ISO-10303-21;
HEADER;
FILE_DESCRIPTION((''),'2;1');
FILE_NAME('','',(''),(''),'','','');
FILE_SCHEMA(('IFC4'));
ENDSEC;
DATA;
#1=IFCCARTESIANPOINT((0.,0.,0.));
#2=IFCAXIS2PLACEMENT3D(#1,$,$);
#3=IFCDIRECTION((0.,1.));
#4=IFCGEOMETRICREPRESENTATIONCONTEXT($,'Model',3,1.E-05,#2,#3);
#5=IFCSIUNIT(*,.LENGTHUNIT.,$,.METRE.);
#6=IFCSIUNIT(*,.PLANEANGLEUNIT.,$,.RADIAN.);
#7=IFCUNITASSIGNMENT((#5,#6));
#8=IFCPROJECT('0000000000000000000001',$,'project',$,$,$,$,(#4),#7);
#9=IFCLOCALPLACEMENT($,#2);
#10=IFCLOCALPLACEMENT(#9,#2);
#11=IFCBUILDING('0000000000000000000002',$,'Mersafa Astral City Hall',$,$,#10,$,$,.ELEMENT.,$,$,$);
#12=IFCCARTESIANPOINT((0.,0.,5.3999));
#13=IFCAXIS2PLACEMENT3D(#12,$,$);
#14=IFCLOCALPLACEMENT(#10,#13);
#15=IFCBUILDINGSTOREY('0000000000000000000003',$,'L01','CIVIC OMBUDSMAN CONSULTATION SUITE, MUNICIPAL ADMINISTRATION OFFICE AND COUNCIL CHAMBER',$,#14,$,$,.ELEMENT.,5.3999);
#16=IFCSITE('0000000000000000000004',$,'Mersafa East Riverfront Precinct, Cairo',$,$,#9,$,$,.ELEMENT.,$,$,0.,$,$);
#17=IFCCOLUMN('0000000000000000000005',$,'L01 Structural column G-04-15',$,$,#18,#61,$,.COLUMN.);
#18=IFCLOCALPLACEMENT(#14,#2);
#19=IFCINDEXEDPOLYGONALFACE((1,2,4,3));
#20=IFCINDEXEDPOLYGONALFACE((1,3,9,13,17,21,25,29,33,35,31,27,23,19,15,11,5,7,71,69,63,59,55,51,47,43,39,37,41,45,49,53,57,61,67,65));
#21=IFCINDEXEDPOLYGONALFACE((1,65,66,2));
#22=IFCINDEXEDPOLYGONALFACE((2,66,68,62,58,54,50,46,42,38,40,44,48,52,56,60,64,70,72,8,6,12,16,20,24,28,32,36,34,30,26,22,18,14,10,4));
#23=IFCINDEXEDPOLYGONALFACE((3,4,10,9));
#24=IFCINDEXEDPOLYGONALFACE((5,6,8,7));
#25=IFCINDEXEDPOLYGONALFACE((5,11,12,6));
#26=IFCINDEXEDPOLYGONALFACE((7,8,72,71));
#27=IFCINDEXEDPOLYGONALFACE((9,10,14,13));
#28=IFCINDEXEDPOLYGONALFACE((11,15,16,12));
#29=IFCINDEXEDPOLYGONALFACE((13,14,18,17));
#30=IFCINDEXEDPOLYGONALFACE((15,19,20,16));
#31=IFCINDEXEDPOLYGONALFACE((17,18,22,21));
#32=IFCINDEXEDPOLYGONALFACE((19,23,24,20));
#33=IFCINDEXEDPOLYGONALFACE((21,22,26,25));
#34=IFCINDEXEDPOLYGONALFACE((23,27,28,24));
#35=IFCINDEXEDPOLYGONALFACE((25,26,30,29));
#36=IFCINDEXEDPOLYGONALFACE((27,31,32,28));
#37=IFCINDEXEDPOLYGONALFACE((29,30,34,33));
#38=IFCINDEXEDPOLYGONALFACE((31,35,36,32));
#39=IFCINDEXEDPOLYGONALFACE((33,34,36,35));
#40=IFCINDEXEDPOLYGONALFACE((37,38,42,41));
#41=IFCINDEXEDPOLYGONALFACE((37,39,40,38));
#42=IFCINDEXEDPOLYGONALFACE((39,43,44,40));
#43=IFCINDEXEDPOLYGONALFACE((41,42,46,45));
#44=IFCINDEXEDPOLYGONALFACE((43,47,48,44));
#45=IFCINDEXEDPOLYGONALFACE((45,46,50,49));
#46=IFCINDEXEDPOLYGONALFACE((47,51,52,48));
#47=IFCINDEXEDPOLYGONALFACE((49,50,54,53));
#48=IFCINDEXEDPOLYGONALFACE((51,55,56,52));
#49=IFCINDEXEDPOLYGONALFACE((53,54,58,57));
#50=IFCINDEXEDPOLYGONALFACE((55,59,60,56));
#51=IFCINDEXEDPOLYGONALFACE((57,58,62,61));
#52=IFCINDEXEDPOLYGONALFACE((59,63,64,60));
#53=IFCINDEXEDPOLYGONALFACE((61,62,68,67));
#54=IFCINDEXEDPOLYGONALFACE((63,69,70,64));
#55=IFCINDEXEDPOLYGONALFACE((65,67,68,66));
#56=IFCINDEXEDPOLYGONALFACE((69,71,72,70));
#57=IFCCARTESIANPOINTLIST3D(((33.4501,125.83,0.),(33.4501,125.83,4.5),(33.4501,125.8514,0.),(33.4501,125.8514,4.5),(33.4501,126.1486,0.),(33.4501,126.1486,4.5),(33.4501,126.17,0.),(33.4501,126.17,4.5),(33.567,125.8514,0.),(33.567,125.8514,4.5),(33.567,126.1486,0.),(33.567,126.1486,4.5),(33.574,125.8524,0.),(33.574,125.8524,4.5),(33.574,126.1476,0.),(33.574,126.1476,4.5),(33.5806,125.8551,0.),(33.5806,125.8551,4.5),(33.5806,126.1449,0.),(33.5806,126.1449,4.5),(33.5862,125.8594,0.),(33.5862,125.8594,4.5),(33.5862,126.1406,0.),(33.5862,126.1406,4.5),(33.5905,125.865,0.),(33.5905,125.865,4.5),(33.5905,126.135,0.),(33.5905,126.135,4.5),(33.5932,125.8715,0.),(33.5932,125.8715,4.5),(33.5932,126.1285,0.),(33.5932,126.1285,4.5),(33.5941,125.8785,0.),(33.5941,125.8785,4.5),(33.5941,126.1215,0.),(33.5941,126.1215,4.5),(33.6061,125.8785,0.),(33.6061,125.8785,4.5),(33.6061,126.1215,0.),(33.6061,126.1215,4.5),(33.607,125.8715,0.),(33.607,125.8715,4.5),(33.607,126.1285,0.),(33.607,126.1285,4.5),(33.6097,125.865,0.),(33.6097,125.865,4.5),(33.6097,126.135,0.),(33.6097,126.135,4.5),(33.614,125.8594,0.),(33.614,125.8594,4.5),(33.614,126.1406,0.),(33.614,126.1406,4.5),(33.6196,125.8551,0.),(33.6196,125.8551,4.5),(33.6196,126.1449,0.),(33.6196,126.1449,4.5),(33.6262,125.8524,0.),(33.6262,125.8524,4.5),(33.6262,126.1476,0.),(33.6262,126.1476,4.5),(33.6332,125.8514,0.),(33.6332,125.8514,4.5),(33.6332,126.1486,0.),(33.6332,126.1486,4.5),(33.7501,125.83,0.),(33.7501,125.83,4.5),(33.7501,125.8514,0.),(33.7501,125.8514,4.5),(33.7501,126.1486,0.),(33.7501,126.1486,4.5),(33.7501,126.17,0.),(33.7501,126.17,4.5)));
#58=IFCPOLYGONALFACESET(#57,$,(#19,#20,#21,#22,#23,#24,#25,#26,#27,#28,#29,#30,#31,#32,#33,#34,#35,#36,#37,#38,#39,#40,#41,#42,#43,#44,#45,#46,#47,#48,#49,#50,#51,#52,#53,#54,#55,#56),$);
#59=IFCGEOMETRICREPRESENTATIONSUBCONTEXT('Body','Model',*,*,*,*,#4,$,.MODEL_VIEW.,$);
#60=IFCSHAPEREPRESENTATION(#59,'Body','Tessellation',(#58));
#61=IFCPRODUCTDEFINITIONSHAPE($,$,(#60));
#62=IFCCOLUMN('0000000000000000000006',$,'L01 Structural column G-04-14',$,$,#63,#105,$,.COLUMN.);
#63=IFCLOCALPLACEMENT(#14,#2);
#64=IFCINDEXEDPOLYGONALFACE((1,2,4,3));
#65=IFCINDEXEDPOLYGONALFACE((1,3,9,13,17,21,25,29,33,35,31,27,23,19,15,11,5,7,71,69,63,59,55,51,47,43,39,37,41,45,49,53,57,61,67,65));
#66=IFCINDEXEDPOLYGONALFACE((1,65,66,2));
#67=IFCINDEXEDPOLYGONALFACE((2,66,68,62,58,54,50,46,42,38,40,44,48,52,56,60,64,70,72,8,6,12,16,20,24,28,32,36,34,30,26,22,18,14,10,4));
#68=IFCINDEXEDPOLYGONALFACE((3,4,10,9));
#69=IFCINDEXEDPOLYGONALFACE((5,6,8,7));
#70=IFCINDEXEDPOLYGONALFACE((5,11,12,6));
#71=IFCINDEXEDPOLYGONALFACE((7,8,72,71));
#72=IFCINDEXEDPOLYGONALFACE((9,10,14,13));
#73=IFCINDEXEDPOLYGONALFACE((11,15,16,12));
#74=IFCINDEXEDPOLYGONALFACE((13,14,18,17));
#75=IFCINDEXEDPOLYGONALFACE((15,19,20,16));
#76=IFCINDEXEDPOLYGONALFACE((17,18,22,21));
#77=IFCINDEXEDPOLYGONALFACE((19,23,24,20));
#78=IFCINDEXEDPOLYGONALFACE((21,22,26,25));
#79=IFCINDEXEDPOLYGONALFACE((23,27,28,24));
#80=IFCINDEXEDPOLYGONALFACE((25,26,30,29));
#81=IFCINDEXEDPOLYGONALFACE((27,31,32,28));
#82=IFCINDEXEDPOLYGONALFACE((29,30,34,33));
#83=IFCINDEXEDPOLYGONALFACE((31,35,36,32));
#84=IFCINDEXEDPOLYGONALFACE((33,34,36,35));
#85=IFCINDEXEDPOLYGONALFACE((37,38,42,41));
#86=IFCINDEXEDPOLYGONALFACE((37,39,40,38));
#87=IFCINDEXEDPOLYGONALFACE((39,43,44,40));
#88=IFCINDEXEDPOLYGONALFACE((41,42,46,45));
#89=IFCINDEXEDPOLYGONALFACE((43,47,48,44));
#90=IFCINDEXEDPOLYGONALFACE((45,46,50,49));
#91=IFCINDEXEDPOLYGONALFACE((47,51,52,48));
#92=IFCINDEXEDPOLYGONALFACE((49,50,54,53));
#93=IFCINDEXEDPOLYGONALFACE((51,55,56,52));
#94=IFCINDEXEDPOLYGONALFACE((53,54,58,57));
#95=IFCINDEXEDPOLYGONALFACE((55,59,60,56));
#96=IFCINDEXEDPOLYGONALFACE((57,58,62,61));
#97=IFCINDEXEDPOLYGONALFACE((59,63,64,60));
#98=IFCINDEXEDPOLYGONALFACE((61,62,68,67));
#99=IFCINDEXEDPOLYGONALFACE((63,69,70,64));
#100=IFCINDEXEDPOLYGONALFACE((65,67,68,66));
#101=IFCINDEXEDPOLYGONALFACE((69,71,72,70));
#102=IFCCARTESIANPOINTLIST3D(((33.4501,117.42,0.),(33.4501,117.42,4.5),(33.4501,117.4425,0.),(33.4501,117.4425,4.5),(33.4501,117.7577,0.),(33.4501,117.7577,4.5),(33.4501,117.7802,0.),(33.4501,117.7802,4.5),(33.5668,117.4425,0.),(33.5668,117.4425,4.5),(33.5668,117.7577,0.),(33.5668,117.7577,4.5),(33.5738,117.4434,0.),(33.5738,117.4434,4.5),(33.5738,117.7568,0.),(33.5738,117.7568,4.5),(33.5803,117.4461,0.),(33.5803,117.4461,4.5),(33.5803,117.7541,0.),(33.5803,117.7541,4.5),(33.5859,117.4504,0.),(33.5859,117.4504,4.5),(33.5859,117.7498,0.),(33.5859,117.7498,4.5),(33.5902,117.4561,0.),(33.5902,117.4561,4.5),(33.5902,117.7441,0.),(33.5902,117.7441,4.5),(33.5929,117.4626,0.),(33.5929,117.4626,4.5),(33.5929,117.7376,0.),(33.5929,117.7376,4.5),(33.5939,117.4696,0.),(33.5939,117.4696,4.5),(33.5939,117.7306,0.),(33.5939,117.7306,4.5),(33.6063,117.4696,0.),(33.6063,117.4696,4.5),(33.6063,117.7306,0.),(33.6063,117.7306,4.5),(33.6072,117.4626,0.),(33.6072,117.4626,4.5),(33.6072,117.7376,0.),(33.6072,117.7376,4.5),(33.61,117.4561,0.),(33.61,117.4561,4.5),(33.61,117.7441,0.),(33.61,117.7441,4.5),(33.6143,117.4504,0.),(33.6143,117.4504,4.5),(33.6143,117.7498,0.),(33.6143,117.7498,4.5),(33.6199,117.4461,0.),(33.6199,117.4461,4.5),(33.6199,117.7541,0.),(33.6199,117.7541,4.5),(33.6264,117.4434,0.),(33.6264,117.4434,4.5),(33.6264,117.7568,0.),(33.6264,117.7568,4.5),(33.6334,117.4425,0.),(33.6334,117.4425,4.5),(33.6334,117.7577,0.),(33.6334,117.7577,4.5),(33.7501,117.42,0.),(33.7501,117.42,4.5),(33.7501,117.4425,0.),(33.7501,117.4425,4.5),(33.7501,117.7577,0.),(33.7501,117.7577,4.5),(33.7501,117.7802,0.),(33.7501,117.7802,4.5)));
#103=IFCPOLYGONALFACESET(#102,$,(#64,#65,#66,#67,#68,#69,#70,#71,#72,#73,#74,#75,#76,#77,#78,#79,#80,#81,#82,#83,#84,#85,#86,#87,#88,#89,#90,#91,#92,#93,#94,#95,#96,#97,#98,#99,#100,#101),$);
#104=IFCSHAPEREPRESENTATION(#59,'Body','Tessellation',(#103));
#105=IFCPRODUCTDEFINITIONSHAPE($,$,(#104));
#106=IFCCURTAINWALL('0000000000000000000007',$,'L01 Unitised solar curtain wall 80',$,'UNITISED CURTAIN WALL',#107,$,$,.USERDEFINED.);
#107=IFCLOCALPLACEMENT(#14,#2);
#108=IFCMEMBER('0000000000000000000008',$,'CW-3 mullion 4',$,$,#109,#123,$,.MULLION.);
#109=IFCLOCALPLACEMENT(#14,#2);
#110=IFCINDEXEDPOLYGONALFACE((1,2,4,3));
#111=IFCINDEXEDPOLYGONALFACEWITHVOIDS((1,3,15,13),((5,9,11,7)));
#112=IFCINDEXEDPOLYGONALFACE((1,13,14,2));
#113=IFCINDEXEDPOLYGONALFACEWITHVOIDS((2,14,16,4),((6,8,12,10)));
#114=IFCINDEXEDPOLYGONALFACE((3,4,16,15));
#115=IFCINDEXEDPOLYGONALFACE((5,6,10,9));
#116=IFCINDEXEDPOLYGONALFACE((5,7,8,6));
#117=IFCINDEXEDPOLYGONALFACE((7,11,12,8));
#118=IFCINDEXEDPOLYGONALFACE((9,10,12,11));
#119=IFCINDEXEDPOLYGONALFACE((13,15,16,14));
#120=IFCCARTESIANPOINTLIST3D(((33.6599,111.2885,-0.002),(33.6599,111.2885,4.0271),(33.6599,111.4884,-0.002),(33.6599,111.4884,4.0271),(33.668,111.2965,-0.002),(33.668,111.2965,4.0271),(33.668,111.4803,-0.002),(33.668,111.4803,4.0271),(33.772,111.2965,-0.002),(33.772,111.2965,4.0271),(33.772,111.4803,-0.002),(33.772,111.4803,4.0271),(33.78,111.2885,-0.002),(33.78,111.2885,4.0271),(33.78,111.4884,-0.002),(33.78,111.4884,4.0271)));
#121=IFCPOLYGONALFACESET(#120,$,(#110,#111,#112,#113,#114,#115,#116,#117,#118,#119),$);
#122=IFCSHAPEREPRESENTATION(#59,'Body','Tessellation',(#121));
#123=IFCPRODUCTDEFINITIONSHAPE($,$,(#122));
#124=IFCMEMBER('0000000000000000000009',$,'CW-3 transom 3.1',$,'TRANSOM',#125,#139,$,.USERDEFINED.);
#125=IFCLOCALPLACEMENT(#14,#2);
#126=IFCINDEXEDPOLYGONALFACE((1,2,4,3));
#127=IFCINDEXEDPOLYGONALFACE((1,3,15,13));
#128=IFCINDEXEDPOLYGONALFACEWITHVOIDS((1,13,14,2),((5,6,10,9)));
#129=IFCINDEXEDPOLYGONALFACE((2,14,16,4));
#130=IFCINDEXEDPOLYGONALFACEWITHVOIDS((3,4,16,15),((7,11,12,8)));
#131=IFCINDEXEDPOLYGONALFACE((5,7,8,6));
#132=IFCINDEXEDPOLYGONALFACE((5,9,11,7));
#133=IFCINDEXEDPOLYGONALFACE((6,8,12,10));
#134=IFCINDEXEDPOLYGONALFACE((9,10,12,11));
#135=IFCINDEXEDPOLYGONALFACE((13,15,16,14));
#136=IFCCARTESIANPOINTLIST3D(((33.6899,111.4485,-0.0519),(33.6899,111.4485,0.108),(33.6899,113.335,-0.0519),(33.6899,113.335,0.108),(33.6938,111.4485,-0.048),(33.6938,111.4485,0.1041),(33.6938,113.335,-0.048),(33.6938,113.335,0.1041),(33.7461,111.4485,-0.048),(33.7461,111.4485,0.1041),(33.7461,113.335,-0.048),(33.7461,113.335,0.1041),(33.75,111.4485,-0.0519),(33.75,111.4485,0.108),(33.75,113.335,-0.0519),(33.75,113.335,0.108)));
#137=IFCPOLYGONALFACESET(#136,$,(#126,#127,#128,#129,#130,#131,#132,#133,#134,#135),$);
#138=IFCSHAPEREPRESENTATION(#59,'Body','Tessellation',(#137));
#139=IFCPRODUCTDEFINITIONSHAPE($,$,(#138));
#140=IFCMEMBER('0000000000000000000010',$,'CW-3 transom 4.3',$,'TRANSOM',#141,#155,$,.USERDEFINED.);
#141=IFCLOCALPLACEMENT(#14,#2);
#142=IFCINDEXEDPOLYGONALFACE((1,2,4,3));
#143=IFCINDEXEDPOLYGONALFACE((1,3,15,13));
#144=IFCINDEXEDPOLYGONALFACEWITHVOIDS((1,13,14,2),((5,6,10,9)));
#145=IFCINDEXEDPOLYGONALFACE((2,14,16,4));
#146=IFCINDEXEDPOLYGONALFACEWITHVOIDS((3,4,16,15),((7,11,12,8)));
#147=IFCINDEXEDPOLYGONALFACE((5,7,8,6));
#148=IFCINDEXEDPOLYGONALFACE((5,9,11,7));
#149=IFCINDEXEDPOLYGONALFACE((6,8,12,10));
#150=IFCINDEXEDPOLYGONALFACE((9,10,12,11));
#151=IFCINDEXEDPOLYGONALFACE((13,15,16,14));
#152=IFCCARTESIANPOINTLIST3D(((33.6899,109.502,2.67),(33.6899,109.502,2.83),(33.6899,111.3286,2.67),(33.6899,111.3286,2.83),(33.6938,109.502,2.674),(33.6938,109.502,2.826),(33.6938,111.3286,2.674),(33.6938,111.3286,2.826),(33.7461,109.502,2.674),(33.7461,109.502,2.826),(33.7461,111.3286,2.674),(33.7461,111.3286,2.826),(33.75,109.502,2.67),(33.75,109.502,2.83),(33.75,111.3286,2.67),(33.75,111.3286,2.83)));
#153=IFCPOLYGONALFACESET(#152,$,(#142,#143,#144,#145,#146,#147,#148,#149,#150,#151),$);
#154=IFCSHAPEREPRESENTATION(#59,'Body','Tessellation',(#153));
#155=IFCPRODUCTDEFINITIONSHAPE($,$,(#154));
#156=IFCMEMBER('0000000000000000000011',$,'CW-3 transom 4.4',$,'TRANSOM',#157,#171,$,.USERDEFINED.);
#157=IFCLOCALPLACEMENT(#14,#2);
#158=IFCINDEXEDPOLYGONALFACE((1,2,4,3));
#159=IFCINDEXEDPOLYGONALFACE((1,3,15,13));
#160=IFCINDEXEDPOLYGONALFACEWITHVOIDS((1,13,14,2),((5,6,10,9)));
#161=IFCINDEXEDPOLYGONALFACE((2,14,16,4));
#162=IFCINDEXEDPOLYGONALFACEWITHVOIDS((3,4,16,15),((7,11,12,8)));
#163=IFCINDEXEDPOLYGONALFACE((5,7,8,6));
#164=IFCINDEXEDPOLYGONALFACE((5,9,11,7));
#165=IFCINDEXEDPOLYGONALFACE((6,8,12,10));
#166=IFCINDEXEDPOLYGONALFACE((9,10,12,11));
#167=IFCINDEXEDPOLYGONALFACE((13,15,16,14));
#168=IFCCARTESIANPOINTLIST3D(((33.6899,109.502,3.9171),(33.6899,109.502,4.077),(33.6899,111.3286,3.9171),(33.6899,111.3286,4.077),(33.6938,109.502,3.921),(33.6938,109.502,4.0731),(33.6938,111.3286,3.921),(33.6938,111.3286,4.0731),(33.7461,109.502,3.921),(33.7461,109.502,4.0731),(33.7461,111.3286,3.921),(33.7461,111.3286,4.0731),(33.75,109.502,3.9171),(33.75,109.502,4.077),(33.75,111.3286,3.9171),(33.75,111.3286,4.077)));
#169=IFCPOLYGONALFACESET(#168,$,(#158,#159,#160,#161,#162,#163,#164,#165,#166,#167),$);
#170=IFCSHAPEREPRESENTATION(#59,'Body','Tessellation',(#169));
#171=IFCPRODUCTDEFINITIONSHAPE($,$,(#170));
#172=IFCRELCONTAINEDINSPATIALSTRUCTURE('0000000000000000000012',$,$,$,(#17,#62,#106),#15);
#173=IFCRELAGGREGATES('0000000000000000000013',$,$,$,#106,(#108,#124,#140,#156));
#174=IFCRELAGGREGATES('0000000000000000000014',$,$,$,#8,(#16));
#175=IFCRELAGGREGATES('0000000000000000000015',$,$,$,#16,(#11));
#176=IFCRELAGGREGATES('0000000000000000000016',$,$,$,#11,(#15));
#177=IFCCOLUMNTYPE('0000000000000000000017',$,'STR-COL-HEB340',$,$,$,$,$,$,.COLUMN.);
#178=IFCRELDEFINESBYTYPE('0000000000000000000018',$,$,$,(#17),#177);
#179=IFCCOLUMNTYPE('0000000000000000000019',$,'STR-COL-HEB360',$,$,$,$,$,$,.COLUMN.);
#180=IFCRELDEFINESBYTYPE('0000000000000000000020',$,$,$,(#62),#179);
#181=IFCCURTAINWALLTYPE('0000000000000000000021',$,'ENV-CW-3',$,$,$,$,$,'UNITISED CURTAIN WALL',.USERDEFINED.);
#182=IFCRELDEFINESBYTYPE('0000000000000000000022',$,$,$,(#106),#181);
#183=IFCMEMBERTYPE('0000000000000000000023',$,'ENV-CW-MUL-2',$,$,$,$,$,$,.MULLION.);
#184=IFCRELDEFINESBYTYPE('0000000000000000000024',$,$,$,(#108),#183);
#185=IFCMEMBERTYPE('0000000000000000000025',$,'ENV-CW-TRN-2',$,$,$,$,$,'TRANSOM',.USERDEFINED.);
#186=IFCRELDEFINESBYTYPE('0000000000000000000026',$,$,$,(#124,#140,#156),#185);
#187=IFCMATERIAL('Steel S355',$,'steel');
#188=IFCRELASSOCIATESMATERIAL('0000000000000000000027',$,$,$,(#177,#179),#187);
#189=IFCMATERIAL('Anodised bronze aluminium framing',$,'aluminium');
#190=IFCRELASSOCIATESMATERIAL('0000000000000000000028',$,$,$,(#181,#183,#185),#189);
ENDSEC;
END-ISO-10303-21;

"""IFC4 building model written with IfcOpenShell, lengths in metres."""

from ifc_helpers import new_model, si_unit, direction, frame, origin, origin_2d, place, context, subcontext, project, spatial, hollow_rectangle, i_section, extrude, material, material_profile, profile_set, type_object, element, aggregate, save


model = new_model("IFC4")

# Units and contexts
model_context = context("Model", 3, precision=1e-05, world=origin(), true_north=direction((0.0, 1.0)))
body_context = subcontext(model_context, "Body", "Model", "MODEL_VIEW")
ifc_project = project(units=[si_unit("LENGTHUNIT", "METRE"), si_unit("PLANEANGLEUNIT", "RADIAN")], contexts=[model_context])

# Site, building, storey
site_placement = place(None, origin())
site = spatial("IfcSite", under=ifc_project, at=site_placement, Name="Mersafa East Riverfront Precinct, Cairo", CompositionType="ELEMENT", RefElevation=0.0)
building_placement = place(site_placement, origin())
building = spatial("IfcBuilding", under=site, at=building_placement, Name="Mersafa Astral City Hall", CompositionType="ELEMENT")
storey_placement = place(building_placement, frame((0.0, 0.0, 5.3999)))
storey = spatial("IfcBuildingStorey", under=building, at=storey_placement, Name="L01", Description="CIVIC OMBUDSMAN CONSULTATION SUITE, MUNICIPAL ADMINISTRATION OFFICE AND COUNCIL CHAMBER", CompositionType="ELEMENT", Elevation=5.3999)

# Columns
ifc_material_1 = material(Name="Steel S355", Category="steel")
ifc_material_profile_1 = material_profile(ifc_material_1, i_section(OverallWidth=0.3, OverallDepth=0.3401, WebThickness=0.012, FlangeThickness=0.0215, FilletRadius=0.0271, at=origin_2d()), Name="HEB 340")
ifc_profile_set_1 = profile_set([ifc_material_profile_1], Name="Steel S355")
column_type_1 = type_object("IfcColumnType", Name="STR-COL-HEB340", PredefinedType="COLUMN", material=ifc_profile_set_1)
column_1_placement = place(storey_placement, frame((33.6001, 126.0, 0.0), z_axis=(0.0, 0.0, 1.0), x_axis=(1.0, 0.0, 0.0)))
element("IfcColumn", 1, at=column_1_placement, inside=storey, type_object=column_type_1, Name="L01 Structural column G-04-15", PredefinedType="COLUMN", context=body_context, shape_type="SweptSolid", body=[
    extrude(i_section(OverallWidth=0.3, OverallDepth=0.3401, WebThickness=0.012, FlangeThickness=0.0215, FilletRadius=0.0271, at=origin_2d()), origin(), (0.0, 0.0, 1.0), 4.5),
])
ifc_material_profile_2 = material_profile(ifc_material_1, i_section(OverallWidth=0.3, OverallDepth=0.3601, WebThickness=0.0125, FlangeThickness=0.0225, FilletRadius=0.0271, at=origin_2d()), Name="HEB 360")
ifc_profile_set_2 = profile_set([ifc_material_profile_2], Name="Steel S355")
column_type_2 = type_object("IfcColumnType", Name="STR-COL-HEB360", PredefinedType="COLUMN", material=ifc_profile_set_2)
column_2_placement = place(storey_placement, frame((33.6001, 117.6001, 0.0), z_axis=(0.0, 0.0, 1.0), x_axis=(1.0, 0.0, 0.0)))
element("IfcColumn", 2, at=column_2_placement, inside=storey, type_object=column_type_2, Name="L01 Structural column G-04-14", PredefinedType="COLUMN", context=body_context, shape_type="SweptSolid", body=[
    extrude(i_section(OverallWidth=0.3, OverallDepth=0.3601, WebThickness=0.0125, FlangeThickness=0.0225, FilletRadius=0.0271, at=origin_2d()), origin(), (0.0, 0.0, 1.0), 4.5),
])

# Curtain wall, members
ifc_material_2 = material(Name="Anodised bronze aluminium framing", Category="aluminium")
curtain_wall_type = type_object("IfcCurtainWallType", Name="ENV-CW-3", ElementType="UNITISED CURTAIN WALL", PredefinedType="USERDEFINED", material=ifc_material_2)
curtain_wall_placement = place(storey_placement, origin())
curtain_wall = element("IfcCurtainWall", 3, at=curtain_wall_placement, inside=storey, type_object=curtain_wall_type, Name="L01 Unitised solar curtain wall 80", ObjectType="UNITISED CURTAIN WALL", PredefinedType="USERDEFINED")
ifc_material_profile_3 = material_profile(ifc_material_2, hollow_rectangle(XDim=0.1201, YDim=0.2, WallThickness=0.0081, at=origin_2d()), Name="RHS 120x200x8")
ifc_profile_set_3 = profile_set([ifc_material_profile_3], Name="Anodised bronze aluminium framing")
member_type_1 = type_object("IfcMemberType", Name="ENV-CW-MUL-2", PredefinedType="MULLION", material=ifc_profile_set_3)
member_1_placement = place(storey_placement, frame((33.72, 111.3884, -0.002), z_axis=(0.0, 0.0, 1.0), x_axis=(1.0, 0.0, 0.0)))
member_1 = element("IfcMember", 4, at=member_1_placement, type_object=member_type_1, Name="CW-3 mullion 4", PredefinedType="MULLION", context=body_context, shape_type="SweptSolid", body=[
    extrude(hollow_rectangle(XDim=0.1201, YDim=0.2, WallThickness=0.0081, at=origin_2d()), origin(), (0.0, 0.0, 1.0), 4.0291),
])
ifc_material_profile_4 = material_profile(ifc_material_2, hollow_rectangle(XDim=0.0601, YDim=0.1599, WallThickness=0.0039, at=origin_2d()), Name="RHS 60x160x4")
ifc_profile_set_4 = profile_set([ifc_material_profile_4], Name="Anodised bronze aluminium framing")
member_type_2 = type_object("IfcMemberType", Name="ENV-CW-TRN-2", ElementType="TRANSOM", PredefinedType="USERDEFINED", material=ifc_profile_set_4)
member_2_placement = place(storey_placement, frame((33.72, 113.335, 0.0281), z_axis=(0.0, -1.0, 0.0), x_axis=(1.0, 0.0, 0.0)))
member_2 = element("IfcMember", 5, at=member_2_placement, type_object=member_type_2, Name="CW-3 transom 3.1", ObjectType="TRANSOM", PredefinedType="USERDEFINED", context=body_context, shape_type="SweptSolid", body=[
    extrude(hollow_rectangle(XDim=0.0601, YDim=0.1599, WallThickness=0.0039, at=origin_2d()), origin(), (0.0, 0.0, 1.0), 1.8865),
])
member_3_placement = place(storey_placement, frame((33.72, 111.3286, 2.75), z_axis=(0.0, -1.0, 0.0), x_axis=(1.0, 0.0, 0.0)))
member_3 = element("IfcMember", 6, at=member_3_placement, type_object=member_type_2, Name="CW-3 transom 4.3", ObjectType="TRANSOM", PredefinedType="USERDEFINED", context=body_context, shape_type="SweptSolid", body=[
    extrude(hollow_rectangle(XDim=0.0601, YDim=0.1599, WallThickness=0.0039, at=origin_2d()), origin(), (0.0, 0.0, 1.0), 1.8267),
])
member_4_placement = place(storey_placement, frame((33.72, 111.3286, 3.9971), z_axis=(0.0, -1.0, 0.0), x_axis=(1.0, 0.0, 0.0)))
member_4 = element("IfcMember", 7, at=member_4_placement, type_object=member_type_2, Name="CW-3 transom 4.4", ObjectType="TRANSOM", PredefinedType="USERDEFINED", context=body_context, shape_type="SweptSolid", body=[
    extrude(hollow_rectangle(XDim=0.0601, YDim=0.1599, WallThickness=0.0039, at=origin_2d()), origin(), (0.0, 0.0, 1.0), 1.8267),
])

aggregate(curtain_wall, [member_1, member_2, member_3, member_4])

save(model, "model.ifc")
